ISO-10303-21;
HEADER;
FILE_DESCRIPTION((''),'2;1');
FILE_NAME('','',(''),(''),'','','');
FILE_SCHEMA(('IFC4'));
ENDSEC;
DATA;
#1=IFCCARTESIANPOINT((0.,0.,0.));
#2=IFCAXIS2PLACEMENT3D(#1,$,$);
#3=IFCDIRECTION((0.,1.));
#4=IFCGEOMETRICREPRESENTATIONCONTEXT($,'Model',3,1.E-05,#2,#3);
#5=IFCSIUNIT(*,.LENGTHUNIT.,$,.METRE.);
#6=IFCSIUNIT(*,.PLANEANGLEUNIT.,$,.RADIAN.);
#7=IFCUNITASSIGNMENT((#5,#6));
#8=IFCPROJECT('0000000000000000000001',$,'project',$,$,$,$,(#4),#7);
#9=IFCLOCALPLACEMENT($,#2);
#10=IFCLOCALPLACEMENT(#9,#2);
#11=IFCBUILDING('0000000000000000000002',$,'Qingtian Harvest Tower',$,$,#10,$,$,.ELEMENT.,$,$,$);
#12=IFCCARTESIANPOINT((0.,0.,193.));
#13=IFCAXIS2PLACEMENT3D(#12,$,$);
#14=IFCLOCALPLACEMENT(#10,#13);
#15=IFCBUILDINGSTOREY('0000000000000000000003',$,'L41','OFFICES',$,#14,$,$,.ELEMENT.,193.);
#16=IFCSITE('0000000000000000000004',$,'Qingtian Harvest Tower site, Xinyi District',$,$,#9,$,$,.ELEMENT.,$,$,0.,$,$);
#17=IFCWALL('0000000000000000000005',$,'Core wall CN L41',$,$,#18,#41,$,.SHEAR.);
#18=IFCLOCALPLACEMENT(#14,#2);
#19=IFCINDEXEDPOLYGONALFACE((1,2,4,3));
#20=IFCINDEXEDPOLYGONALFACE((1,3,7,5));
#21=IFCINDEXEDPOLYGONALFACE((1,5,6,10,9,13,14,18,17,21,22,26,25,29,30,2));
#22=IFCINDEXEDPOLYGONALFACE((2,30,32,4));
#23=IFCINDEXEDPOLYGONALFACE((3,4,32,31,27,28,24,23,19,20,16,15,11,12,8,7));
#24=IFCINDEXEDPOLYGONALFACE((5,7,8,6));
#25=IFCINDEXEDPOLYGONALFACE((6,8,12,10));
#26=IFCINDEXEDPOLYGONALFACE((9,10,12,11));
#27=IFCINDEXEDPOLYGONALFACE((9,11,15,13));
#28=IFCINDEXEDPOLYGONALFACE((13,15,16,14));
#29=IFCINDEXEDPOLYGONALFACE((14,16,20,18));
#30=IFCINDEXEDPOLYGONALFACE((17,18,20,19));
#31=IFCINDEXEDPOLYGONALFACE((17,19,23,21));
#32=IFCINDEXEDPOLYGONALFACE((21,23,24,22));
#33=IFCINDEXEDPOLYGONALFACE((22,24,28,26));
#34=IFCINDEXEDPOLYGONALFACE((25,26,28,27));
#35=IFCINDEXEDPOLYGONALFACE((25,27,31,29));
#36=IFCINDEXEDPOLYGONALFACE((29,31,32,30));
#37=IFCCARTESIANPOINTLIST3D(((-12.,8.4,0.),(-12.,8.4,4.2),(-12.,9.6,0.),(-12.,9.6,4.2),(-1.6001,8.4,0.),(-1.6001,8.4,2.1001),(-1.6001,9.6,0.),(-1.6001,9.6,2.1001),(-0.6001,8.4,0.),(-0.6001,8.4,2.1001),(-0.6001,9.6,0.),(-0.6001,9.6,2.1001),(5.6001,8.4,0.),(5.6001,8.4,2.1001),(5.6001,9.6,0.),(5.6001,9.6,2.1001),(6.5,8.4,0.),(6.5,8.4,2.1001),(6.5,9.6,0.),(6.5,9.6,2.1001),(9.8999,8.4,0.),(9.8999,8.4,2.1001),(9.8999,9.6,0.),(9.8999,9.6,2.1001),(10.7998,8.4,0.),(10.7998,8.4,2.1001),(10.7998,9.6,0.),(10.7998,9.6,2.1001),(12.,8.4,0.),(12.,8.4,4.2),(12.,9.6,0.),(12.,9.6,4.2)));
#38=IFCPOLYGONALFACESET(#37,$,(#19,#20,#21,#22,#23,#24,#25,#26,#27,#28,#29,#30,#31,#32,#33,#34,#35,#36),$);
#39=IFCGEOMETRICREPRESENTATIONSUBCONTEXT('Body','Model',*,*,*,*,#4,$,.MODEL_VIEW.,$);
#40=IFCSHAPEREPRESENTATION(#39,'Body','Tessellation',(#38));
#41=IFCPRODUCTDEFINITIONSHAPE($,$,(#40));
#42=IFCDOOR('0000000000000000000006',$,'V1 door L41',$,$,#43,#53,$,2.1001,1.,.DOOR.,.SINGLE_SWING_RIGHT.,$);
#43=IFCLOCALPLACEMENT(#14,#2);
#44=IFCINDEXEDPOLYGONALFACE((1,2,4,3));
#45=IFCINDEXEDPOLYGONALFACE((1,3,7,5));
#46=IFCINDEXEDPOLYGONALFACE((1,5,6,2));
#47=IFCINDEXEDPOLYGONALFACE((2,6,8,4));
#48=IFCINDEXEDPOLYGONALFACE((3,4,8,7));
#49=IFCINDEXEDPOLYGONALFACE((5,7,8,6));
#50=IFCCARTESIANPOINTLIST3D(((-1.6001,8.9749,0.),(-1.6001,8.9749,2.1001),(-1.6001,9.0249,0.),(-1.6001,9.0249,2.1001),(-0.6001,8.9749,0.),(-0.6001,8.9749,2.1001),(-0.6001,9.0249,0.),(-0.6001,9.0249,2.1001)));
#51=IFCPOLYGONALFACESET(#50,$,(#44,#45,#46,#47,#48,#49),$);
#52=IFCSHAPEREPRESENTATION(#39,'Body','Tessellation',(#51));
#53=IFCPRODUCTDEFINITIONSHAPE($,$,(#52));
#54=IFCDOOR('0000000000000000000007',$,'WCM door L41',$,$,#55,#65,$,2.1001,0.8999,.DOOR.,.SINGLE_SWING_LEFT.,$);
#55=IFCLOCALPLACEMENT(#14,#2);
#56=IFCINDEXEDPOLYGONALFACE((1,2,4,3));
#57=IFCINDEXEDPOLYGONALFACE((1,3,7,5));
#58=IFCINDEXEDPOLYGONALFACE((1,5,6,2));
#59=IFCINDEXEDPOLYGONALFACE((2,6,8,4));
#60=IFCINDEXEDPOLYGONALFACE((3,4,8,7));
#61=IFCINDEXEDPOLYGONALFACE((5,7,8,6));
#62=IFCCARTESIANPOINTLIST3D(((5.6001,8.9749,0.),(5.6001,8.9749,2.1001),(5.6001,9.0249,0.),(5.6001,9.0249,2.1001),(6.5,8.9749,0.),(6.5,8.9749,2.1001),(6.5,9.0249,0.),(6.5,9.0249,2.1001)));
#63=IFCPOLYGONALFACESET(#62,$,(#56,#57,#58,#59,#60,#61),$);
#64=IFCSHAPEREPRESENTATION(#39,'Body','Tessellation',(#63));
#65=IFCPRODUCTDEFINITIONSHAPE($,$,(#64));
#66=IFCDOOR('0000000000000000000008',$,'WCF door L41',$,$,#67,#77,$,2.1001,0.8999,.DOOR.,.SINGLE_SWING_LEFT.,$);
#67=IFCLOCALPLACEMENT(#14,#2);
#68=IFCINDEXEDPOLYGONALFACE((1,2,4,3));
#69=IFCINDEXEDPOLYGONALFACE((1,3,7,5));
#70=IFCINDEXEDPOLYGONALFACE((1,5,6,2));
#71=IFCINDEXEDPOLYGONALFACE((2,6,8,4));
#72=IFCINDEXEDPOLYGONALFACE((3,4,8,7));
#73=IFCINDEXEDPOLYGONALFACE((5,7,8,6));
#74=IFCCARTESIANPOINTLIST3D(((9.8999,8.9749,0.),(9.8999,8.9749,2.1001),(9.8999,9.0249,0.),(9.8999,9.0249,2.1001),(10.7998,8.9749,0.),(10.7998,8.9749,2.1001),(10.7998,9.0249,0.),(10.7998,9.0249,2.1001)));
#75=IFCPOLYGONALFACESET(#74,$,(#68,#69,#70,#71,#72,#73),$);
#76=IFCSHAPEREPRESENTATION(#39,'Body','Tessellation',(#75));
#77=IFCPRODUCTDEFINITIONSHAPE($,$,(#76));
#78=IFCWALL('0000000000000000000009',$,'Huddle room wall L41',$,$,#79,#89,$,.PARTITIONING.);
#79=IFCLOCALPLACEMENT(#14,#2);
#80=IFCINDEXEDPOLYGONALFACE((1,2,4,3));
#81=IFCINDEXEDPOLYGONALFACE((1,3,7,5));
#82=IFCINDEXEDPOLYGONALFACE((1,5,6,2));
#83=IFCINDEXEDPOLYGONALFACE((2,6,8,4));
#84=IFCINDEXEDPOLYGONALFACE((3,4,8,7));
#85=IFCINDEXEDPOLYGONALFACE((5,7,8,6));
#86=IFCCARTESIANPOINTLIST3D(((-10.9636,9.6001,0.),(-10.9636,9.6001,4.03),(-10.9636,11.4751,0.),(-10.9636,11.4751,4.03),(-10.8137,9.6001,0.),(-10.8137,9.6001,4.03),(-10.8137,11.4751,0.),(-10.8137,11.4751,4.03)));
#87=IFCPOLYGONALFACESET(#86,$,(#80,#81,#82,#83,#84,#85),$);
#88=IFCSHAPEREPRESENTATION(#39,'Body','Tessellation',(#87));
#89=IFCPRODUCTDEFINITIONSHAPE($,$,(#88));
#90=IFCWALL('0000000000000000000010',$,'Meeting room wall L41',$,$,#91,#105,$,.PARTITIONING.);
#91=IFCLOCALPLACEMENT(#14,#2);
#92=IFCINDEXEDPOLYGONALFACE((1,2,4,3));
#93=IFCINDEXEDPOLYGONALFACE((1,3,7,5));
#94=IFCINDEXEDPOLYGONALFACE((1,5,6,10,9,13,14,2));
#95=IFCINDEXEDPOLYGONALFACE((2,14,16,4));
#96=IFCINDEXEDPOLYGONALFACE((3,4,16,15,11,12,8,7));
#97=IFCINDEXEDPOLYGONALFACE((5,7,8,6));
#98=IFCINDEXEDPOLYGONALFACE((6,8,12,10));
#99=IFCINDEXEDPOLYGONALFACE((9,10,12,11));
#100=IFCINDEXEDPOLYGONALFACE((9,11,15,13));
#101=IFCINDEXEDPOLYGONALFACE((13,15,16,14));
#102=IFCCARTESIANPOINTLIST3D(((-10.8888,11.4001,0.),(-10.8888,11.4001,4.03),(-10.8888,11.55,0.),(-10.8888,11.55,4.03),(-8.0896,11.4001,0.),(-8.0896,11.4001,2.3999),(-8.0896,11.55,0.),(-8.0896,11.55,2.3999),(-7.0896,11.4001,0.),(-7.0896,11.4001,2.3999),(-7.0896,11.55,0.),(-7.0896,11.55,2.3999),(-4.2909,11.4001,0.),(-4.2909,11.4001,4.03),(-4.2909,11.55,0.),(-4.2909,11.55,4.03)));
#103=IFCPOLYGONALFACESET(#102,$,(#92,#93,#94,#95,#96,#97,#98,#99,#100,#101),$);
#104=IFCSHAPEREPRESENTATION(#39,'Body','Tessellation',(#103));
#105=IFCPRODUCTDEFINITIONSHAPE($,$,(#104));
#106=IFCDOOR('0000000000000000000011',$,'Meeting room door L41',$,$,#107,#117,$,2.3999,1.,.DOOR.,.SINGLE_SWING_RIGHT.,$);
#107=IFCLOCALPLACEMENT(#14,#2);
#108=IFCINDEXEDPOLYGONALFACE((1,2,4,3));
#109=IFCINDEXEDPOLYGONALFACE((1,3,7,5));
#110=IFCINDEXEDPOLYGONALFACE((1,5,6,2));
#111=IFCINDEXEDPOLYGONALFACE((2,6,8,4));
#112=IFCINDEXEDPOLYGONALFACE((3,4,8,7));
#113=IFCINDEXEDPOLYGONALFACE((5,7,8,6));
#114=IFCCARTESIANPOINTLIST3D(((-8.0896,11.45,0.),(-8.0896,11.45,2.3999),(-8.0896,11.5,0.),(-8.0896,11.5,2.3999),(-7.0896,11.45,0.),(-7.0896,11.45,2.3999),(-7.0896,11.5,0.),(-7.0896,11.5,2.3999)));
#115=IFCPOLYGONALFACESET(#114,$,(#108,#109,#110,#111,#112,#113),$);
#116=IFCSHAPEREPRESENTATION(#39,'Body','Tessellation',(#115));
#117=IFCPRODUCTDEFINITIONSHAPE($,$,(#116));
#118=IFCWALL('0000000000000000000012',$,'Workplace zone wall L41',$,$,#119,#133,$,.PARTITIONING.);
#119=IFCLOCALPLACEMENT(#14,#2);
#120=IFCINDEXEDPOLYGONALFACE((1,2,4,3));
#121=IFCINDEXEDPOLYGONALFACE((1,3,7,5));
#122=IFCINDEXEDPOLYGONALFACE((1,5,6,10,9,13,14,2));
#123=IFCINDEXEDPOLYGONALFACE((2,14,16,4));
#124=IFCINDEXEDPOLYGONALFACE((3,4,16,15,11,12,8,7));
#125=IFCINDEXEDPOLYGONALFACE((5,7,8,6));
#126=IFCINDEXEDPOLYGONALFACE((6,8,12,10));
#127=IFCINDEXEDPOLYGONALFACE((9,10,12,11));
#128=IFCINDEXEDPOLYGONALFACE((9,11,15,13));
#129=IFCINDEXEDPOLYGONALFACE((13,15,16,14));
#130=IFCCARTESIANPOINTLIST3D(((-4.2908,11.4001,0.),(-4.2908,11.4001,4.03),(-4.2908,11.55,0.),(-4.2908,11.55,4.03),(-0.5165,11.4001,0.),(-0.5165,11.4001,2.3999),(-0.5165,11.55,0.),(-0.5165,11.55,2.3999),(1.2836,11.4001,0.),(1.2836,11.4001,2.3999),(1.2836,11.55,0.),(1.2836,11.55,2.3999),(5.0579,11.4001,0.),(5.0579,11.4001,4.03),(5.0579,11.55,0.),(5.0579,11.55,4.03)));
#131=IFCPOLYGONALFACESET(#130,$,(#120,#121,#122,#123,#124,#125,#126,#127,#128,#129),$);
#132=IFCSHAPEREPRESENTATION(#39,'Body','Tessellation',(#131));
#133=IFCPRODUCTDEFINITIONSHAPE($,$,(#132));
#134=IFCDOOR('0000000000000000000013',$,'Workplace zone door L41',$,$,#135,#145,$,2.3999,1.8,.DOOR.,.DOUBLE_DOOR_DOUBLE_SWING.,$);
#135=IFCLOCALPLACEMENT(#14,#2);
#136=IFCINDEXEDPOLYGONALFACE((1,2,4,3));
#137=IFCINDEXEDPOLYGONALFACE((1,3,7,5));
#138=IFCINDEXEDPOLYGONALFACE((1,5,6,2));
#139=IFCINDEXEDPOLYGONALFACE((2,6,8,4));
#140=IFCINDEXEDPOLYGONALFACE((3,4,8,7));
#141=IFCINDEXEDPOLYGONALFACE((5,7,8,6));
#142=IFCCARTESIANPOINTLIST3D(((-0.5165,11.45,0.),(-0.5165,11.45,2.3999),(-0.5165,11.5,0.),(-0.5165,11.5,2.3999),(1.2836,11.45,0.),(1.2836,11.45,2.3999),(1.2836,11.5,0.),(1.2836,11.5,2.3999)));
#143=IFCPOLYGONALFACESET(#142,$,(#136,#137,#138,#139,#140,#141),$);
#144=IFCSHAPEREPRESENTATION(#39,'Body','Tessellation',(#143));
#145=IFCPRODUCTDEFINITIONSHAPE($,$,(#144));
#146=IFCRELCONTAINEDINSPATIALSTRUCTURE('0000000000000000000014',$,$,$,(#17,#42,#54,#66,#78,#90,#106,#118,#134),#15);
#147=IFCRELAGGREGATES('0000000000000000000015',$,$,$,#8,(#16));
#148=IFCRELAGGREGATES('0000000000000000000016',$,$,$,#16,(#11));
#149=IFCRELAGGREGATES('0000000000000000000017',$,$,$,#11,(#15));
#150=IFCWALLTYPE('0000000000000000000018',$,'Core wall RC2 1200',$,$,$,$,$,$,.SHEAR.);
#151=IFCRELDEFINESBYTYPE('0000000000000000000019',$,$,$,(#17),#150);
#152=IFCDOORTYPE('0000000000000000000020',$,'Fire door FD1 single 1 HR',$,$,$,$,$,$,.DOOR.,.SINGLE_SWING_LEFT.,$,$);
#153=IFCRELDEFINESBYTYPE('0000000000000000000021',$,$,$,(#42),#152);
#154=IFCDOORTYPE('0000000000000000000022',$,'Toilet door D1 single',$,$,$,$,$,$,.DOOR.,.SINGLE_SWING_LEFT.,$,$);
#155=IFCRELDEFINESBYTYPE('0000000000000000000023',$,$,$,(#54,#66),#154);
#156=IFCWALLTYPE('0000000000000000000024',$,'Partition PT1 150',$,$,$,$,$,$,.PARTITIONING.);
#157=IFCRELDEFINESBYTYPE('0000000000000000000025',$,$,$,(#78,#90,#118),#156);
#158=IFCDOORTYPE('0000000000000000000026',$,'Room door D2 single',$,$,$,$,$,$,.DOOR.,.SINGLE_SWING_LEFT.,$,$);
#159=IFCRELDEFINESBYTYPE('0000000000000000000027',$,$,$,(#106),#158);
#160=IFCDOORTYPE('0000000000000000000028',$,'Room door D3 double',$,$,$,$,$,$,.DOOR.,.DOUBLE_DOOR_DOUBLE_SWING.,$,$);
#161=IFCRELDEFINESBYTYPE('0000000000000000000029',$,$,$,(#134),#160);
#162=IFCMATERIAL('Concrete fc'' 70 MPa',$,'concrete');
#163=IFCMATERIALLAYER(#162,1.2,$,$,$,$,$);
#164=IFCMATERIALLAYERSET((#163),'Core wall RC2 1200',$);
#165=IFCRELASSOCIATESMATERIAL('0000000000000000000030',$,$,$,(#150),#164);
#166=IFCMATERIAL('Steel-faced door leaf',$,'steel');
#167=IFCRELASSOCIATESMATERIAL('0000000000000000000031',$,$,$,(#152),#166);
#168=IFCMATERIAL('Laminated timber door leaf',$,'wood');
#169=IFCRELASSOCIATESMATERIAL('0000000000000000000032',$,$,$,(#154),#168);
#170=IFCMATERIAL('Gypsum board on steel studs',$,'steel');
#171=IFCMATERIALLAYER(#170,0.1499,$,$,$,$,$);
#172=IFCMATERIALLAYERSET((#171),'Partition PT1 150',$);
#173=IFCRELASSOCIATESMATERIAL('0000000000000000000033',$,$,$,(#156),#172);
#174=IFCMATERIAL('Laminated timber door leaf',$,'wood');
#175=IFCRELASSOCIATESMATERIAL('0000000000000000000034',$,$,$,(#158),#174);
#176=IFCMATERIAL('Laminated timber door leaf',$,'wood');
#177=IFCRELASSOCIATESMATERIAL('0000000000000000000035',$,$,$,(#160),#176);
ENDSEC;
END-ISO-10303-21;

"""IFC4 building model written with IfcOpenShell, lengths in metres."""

from ifc_helpers import new_model, si_unit, direction, frame, frame_2d, origin, place, context, subcontext, project, spatial, rectangle, extrude, material, layer, layer_set, type_object, element, fill, save


model = new_model("IFC4")

# Units and contexts
model_context = context("Model", 3, precision=1e-05, world=origin(), true_north=direction((0.0, 1.0)))
body_context = subcontext(model_context, "Body", "Model", "MODEL_VIEW")
ifc_project = project(units=[si_unit("LENGTHUNIT", "METRE"), si_unit("PLANEANGLEUNIT", "RADIAN")], contexts=[model_context])

# Site, building, storey
site_placement = place(None, origin())
site = spatial("IfcSite", under=ifc_project, at=site_placement, Name="Qingtian Harvest Tower site, Xinyi District", CompositionType="ELEMENT", RefElevation=0.0)
building_placement = place(site_placement, origin())
building = spatial("IfcBuilding", under=site, at=building_placement, Name="Qingtian Harvest Tower", CompositionType="ELEMENT")
storey_placement = place(building_placement, frame((0.0, 0.0, 193.0)))
storey = spatial("IfcBuildingStorey", under=building, at=storey_placement, Name="L41", Description="OFFICES", CompositionType="ELEMENT", Elevation=193.0)

# Wall, openings, doors
ifc_material_1 = material(Name="Concrete fc' 70 MPa", Category="concrete")
ifc_layer_1 = layer(ifc_material_1, 1.2)
ifc_layer_set_1 = layer_set([ifc_layer_1], Name="Core wall RC2 1200")
wall_type_1 = type_object("IfcWallType", Name="Core wall RC2 1200", PredefinedType="SHEAR", material=ifc_layer_set_1)
wall_1_placement = place(storey_placement, frame((-12.0, 9.0, 0.0), z_axis=(0.0, 0.0, 1.0), x_axis=(1.0, 0.0, 0.0)))
wall_1 = element("IfcWall", 1, at=wall_1_placement, inside=storey, type_object=wall_type_1, Name="Core wall CN L41", PredefinedType="SHEAR", context=body_context, shape_type="SweptSolid", body=[
    extrude(rectangle(XDim=24.0, YDim=1.2, at=frame_2d((12.0, 0.0))), origin(), (0.0, 0.0, 1.0), 4.2),
])
opening_1_placement = place(wall_1_placement, frame((10.3999, 0.0, 0.0)))
opening_1 = element("IfcOpeningElement", 2, at=opening_1_placement, cuts=wall_1, PredefinedType="OPENING", context=body_context, shape_type="SweptSolid", body=[
    extrude(rectangle(XDim=1.0, YDim=2.1001, at=frame_2d((0.5, 1.05))), frame((0.0, 0.6099, 0.0), z_axis=(0.0, -1.0, 0.0), x_axis=(1.0, 0.0, 0.0)), (0.0, 0.0, 1.0), 1.22),
])
opening_2_placement = place(wall_1_placement, frame((17.6001, 0.0, 0.0)))
opening_2 = element("IfcOpeningElement", 3, at=opening_2_placement, cuts=wall_1, PredefinedType="OPENING", context=body_context, shape_type="SweptSolid", body=[
    extrude(rectangle(XDim=0.8999, YDim=2.1001, at=frame_2d((0.45, 1.05))), frame((0.0, 0.6099, 0.0), z_axis=(0.0, -1.0, 0.0), x_axis=(1.0, 0.0, 0.0)), (0.0, 0.0, 1.0), 1.22),
])
opening_3_placement = place(wall_1_placement, frame((21.8999, 0.0, 0.0)))
opening_3 = element("IfcOpeningElement", 4, at=opening_3_placement, cuts=wall_1, PredefinedType="OPENING", context=body_context, shape_type="SweptSolid", body=[
    extrude(rectangle(XDim=0.8999, YDim=2.1001, at=frame_2d((0.45, 1.05))), frame((0.0, 0.6099, 0.0), z_axis=(0.0, -1.0, 0.0), x_axis=(1.0, 0.0, 0.0)), (0.0, 0.0, 1.0), 1.22),
])
ifc_material_2 = material(Name="Steel-faced door leaf", Category="steel")
door_type_1 = type_object("IfcDoorType", Name="Fire door FD1 single 1 HR", OperationType="SINGLE_SWING_LEFT", PredefinedType="DOOR", material=ifc_material_2)
door_1_placement = place(opening_1_placement, origin())
door_1 = element("IfcDoor", 5, at=door_1_placement, inside=storey, type_object=door_type_1, Name="V1 door L41", OperationType="SINGLE_SWING_RIGHT", OverallHeight=2.1001, OverallWidth=1.0, PredefinedType="DOOR", context=body_context, shape_type="SweptSolid", body=[
    extrude(rectangle(XDim=1.0, YDim=2.1001, at=frame_2d((0.5, 1.05))), frame((0.0, 0.0249, 0.0), z_axis=(0.0, -1.0, 0.0), x_axis=(1.0, 0.0, 0.0)), (0.0, 0.0, 1.0), 0.05),
])
fill(opening_1, door_1)
ifc_material_3 = material(Name="Laminated timber door leaf", Category="wood")
door_type_2 = type_object("IfcDoorType", Name="Toilet door D1 single", OperationType="SINGLE_SWING_LEFT", PredefinedType="DOOR", material=ifc_material_3)
door_2_placement = place(opening_2_placement, origin())
door_2 = element("IfcDoor", 6, at=door_2_placement, inside=storey, type_object=door_type_2, Name="WCM door L41", OperationType="SINGLE_SWING_LEFT", OverallHeight=2.1001, OverallWidth=0.8999, PredefinedType="DOOR", context=body_context, shape_type="SweptSolid", body=[
    extrude(rectangle(XDim=0.8999, YDim=2.1001, at=frame_2d((0.45, 1.05))), frame((0.0, 0.0249, 0.0), z_axis=(0.0, -1.0, 0.0), x_axis=(1.0, 0.0, 0.0)), (0.0, 0.0, 1.0), 0.05),
])
fill(opening_2, door_2)
door_3_placement = place(opening_3_placement, origin())
door_3 = element("IfcDoor", 7, at=door_3_placement, inside=storey, type_object=door_type_2, Name="WCF door L41", OperationType="SINGLE_SWING_LEFT", OverallHeight=2.1001, OverallWidth=0.8999, PredefinedType="DOOR", context=body_context, shape_type="SweptSolid", body=[
    extrude(rectangle(XDim=0.8999, YDim=2.1001, at=frame_2d((0.45, 1.05))), frame((0.0, 0.0249, 0.0), z_axis=(0.0, -1.0, 0.0), x_axis=(1.0, 0.0, 0.0)), (0.0, 0.0, 1.0), 0.05),
])
fill(opening_3, door_3)

# Wall
ifc_material_4 = material(Name="Gypsum board on steel studs", Category="steel")
ifc_layer_2 = layer(ifc_material_4, 0.1499)
ifc_layer_set_2 = layer_set([ifc_layer_2], Name="Partition PT1 150")
wall_type_2 = type_object("IfcWallType", Name="Partition PT1 150", PredefinedType="PARTITIONING", material=ifc_layer_set_2)
wall_2_placement = place(storey_placement, frame((-10.8887, 9.6001, 0.0), z_axis=(0.0, 0.0, 1.0), x_axis=(0.0, 1.0, 0.0)))
element("IfcWall", 8, at=wall_2_placement, inside=storey, type_object=wall_type_2, Name="Huddle room wall L41", PredefinedType="PARTITIONING", context=body_context, shape_type="SweptSolid", body=[
    extrude(rectangle(XDim=1.875, YDim=0.1499, at=frame_2d((0.9375, 0.0))), origin(), (0.0, 0.0, 1.0), 4.03),
])

# Walls, openings, doors
wall_3_placement = place(storey_placement, frame((-10.8887, 11.4751, 0.0), z_axis=(0.0, 0.0, 1.0), x_axis=(1.0, 0.0, 0.0)))
wall_3 = element("IfcWall", 9, at=wall_3_placement, inside=storey, type_object=wall_type_2, Name="Meeting room wall L41", PredefinedType="PARTITIONING", context=body_context, shape_type="SweptSolid", body=[
    extrude(rectangle(XDim=6.5979, YDim=0.1499, at=frame_2d((3.2988, 0.0))), origin(), (0.0, 0.0, 1.0), 4.03),
])
opening_4_placement = place(wall_3_placement, frame((2.7991, 0.0, 0.0)))
opening_4 = element("IfcOpeningElement", 10, at=opening_4_placement, cuts=wall_3, PredefinedType="OPENING", context=body_context, shape_type="SweptSolid", body=[
    extrude(rectangle(XDim=1.0, YDim=2.3999, at=frame_2d((0.5, 1.2))), frame((0.0, 0.085, 0.0), z_axis=(0.0, -1.0, 0.0), x_axis=(1.0, 0.0, 0.0)), (0.0, 0.0, 1.0), 0.1699),
])
ifc_material_5 = material(Name="Laminated timber door leaf", Category="wood")
door_type_3 = type_object("IfcDoorType", Name="Room door D2 single", OperationType="SINGLE_SWING_LEFT", PredefinedType="DOOR", material=ifc_material_5)
door_4_placement = place(opening_4_placement, origin())
door_4 = element("IfcDoor", 11, at=door_4_placement, inside=storey, type_object=door_type_3, Name="Meeting room door L41", OperationType="SINGLE_SWING_RIGHT", OverallHeight=2.3999, OverallWidth=1.0, PredefinedType="DOOR", context=body_context, shape_type="SweptSolid", body=[
    extrude(rectangle(XDim=1.0, YDim=2.3999, at=frame_2d((0.5, 1.2))), frame((0.0, 0.0249, 0.0), z_axis=(0.0, -1.0, 0.0), x_axis=(1.0, 0.0, 0.0)), (0.0, 0.0, 1.0), 0.05),
])
fill(opening_4, door_4)
wall_4_placement = place(storey_placement, frame((-4.2908, 11.4751, 0.0), z_axis=(0.0, 0.0, 1.0), x_axis=(1.0, 0.0, 0.0)))
wall_4 = element("IfcWall", 12, at=wall_4_placement, inside=storey, type_object=wall_type_2, Name="Workplace zone wall L41", PredefinedType="PARTITIONING", context=body_context, shape_type="SweptSolid", body=[
    extrude(rectangle(XDim=9.3486, YDim=0.1499, at=frame_2d((4.6743, 0.0))), origin(), (0.0, 0.0, 1.0), 4.03),
])
opening_5_placement = place(wall_4_placement, frame((3.7744, 0.0, 0.0)))
opening_5 = element("IfcOpeningElement", 13, at=opening_5_placement, cuts=wall_4, PredefinedType="OPENING", context=body_context, shape_type="SweptSolid", body=[
    extrude(rectangle(XDim=1.8, YDim=2.3999, at=frame_2d((0.8999, 1.2))), frame((0.0, 0.085, 0.0), z_axis=(0.0, -1.0, 0.0), x_axis=(1.0, 0.0, 0.0)), (0.0, 0.0, 1.0), 0.1699),
])
ifc_material_6 = material(Name="Laminated timber door leaf", Category="wood")
door_type_4 = type_object("IfcDoorType", Name="Room door D3 double", OperationType="DOUBLE_DOOR_DOUBLE_SWING", PredefinedType="DOOR", material=ifc_material_6)
door_5_placement = place(opening_5_placement, origin())
door_5 = element("IfcDoor", 14, at=door_5_placement, inside=storey, type_object=door_type_4, Name="Workplace zone door L41", OperationType="DOUBLE_DOOR_DOUBLE_SWING", OverallHeight=2.3999, OverallWidth=1.8, PredefinedType="DOOR", context=body_context, shape_type="SweptSolid", body=[
    extrude(rectangle(XDim=1.8, YDim=2.3999, at=frame_2d((0.8999, 1.2))), frame((0.0, 0.0249, 0.0), z_axis=(0.0, -1.0, 0.0), x_axis=(1.0, 0.0, 0.0)), (0.0, 0.0, 1.0), 0.05),
])
fill(opening_5, door_5)

save(model, "model.ifc")
